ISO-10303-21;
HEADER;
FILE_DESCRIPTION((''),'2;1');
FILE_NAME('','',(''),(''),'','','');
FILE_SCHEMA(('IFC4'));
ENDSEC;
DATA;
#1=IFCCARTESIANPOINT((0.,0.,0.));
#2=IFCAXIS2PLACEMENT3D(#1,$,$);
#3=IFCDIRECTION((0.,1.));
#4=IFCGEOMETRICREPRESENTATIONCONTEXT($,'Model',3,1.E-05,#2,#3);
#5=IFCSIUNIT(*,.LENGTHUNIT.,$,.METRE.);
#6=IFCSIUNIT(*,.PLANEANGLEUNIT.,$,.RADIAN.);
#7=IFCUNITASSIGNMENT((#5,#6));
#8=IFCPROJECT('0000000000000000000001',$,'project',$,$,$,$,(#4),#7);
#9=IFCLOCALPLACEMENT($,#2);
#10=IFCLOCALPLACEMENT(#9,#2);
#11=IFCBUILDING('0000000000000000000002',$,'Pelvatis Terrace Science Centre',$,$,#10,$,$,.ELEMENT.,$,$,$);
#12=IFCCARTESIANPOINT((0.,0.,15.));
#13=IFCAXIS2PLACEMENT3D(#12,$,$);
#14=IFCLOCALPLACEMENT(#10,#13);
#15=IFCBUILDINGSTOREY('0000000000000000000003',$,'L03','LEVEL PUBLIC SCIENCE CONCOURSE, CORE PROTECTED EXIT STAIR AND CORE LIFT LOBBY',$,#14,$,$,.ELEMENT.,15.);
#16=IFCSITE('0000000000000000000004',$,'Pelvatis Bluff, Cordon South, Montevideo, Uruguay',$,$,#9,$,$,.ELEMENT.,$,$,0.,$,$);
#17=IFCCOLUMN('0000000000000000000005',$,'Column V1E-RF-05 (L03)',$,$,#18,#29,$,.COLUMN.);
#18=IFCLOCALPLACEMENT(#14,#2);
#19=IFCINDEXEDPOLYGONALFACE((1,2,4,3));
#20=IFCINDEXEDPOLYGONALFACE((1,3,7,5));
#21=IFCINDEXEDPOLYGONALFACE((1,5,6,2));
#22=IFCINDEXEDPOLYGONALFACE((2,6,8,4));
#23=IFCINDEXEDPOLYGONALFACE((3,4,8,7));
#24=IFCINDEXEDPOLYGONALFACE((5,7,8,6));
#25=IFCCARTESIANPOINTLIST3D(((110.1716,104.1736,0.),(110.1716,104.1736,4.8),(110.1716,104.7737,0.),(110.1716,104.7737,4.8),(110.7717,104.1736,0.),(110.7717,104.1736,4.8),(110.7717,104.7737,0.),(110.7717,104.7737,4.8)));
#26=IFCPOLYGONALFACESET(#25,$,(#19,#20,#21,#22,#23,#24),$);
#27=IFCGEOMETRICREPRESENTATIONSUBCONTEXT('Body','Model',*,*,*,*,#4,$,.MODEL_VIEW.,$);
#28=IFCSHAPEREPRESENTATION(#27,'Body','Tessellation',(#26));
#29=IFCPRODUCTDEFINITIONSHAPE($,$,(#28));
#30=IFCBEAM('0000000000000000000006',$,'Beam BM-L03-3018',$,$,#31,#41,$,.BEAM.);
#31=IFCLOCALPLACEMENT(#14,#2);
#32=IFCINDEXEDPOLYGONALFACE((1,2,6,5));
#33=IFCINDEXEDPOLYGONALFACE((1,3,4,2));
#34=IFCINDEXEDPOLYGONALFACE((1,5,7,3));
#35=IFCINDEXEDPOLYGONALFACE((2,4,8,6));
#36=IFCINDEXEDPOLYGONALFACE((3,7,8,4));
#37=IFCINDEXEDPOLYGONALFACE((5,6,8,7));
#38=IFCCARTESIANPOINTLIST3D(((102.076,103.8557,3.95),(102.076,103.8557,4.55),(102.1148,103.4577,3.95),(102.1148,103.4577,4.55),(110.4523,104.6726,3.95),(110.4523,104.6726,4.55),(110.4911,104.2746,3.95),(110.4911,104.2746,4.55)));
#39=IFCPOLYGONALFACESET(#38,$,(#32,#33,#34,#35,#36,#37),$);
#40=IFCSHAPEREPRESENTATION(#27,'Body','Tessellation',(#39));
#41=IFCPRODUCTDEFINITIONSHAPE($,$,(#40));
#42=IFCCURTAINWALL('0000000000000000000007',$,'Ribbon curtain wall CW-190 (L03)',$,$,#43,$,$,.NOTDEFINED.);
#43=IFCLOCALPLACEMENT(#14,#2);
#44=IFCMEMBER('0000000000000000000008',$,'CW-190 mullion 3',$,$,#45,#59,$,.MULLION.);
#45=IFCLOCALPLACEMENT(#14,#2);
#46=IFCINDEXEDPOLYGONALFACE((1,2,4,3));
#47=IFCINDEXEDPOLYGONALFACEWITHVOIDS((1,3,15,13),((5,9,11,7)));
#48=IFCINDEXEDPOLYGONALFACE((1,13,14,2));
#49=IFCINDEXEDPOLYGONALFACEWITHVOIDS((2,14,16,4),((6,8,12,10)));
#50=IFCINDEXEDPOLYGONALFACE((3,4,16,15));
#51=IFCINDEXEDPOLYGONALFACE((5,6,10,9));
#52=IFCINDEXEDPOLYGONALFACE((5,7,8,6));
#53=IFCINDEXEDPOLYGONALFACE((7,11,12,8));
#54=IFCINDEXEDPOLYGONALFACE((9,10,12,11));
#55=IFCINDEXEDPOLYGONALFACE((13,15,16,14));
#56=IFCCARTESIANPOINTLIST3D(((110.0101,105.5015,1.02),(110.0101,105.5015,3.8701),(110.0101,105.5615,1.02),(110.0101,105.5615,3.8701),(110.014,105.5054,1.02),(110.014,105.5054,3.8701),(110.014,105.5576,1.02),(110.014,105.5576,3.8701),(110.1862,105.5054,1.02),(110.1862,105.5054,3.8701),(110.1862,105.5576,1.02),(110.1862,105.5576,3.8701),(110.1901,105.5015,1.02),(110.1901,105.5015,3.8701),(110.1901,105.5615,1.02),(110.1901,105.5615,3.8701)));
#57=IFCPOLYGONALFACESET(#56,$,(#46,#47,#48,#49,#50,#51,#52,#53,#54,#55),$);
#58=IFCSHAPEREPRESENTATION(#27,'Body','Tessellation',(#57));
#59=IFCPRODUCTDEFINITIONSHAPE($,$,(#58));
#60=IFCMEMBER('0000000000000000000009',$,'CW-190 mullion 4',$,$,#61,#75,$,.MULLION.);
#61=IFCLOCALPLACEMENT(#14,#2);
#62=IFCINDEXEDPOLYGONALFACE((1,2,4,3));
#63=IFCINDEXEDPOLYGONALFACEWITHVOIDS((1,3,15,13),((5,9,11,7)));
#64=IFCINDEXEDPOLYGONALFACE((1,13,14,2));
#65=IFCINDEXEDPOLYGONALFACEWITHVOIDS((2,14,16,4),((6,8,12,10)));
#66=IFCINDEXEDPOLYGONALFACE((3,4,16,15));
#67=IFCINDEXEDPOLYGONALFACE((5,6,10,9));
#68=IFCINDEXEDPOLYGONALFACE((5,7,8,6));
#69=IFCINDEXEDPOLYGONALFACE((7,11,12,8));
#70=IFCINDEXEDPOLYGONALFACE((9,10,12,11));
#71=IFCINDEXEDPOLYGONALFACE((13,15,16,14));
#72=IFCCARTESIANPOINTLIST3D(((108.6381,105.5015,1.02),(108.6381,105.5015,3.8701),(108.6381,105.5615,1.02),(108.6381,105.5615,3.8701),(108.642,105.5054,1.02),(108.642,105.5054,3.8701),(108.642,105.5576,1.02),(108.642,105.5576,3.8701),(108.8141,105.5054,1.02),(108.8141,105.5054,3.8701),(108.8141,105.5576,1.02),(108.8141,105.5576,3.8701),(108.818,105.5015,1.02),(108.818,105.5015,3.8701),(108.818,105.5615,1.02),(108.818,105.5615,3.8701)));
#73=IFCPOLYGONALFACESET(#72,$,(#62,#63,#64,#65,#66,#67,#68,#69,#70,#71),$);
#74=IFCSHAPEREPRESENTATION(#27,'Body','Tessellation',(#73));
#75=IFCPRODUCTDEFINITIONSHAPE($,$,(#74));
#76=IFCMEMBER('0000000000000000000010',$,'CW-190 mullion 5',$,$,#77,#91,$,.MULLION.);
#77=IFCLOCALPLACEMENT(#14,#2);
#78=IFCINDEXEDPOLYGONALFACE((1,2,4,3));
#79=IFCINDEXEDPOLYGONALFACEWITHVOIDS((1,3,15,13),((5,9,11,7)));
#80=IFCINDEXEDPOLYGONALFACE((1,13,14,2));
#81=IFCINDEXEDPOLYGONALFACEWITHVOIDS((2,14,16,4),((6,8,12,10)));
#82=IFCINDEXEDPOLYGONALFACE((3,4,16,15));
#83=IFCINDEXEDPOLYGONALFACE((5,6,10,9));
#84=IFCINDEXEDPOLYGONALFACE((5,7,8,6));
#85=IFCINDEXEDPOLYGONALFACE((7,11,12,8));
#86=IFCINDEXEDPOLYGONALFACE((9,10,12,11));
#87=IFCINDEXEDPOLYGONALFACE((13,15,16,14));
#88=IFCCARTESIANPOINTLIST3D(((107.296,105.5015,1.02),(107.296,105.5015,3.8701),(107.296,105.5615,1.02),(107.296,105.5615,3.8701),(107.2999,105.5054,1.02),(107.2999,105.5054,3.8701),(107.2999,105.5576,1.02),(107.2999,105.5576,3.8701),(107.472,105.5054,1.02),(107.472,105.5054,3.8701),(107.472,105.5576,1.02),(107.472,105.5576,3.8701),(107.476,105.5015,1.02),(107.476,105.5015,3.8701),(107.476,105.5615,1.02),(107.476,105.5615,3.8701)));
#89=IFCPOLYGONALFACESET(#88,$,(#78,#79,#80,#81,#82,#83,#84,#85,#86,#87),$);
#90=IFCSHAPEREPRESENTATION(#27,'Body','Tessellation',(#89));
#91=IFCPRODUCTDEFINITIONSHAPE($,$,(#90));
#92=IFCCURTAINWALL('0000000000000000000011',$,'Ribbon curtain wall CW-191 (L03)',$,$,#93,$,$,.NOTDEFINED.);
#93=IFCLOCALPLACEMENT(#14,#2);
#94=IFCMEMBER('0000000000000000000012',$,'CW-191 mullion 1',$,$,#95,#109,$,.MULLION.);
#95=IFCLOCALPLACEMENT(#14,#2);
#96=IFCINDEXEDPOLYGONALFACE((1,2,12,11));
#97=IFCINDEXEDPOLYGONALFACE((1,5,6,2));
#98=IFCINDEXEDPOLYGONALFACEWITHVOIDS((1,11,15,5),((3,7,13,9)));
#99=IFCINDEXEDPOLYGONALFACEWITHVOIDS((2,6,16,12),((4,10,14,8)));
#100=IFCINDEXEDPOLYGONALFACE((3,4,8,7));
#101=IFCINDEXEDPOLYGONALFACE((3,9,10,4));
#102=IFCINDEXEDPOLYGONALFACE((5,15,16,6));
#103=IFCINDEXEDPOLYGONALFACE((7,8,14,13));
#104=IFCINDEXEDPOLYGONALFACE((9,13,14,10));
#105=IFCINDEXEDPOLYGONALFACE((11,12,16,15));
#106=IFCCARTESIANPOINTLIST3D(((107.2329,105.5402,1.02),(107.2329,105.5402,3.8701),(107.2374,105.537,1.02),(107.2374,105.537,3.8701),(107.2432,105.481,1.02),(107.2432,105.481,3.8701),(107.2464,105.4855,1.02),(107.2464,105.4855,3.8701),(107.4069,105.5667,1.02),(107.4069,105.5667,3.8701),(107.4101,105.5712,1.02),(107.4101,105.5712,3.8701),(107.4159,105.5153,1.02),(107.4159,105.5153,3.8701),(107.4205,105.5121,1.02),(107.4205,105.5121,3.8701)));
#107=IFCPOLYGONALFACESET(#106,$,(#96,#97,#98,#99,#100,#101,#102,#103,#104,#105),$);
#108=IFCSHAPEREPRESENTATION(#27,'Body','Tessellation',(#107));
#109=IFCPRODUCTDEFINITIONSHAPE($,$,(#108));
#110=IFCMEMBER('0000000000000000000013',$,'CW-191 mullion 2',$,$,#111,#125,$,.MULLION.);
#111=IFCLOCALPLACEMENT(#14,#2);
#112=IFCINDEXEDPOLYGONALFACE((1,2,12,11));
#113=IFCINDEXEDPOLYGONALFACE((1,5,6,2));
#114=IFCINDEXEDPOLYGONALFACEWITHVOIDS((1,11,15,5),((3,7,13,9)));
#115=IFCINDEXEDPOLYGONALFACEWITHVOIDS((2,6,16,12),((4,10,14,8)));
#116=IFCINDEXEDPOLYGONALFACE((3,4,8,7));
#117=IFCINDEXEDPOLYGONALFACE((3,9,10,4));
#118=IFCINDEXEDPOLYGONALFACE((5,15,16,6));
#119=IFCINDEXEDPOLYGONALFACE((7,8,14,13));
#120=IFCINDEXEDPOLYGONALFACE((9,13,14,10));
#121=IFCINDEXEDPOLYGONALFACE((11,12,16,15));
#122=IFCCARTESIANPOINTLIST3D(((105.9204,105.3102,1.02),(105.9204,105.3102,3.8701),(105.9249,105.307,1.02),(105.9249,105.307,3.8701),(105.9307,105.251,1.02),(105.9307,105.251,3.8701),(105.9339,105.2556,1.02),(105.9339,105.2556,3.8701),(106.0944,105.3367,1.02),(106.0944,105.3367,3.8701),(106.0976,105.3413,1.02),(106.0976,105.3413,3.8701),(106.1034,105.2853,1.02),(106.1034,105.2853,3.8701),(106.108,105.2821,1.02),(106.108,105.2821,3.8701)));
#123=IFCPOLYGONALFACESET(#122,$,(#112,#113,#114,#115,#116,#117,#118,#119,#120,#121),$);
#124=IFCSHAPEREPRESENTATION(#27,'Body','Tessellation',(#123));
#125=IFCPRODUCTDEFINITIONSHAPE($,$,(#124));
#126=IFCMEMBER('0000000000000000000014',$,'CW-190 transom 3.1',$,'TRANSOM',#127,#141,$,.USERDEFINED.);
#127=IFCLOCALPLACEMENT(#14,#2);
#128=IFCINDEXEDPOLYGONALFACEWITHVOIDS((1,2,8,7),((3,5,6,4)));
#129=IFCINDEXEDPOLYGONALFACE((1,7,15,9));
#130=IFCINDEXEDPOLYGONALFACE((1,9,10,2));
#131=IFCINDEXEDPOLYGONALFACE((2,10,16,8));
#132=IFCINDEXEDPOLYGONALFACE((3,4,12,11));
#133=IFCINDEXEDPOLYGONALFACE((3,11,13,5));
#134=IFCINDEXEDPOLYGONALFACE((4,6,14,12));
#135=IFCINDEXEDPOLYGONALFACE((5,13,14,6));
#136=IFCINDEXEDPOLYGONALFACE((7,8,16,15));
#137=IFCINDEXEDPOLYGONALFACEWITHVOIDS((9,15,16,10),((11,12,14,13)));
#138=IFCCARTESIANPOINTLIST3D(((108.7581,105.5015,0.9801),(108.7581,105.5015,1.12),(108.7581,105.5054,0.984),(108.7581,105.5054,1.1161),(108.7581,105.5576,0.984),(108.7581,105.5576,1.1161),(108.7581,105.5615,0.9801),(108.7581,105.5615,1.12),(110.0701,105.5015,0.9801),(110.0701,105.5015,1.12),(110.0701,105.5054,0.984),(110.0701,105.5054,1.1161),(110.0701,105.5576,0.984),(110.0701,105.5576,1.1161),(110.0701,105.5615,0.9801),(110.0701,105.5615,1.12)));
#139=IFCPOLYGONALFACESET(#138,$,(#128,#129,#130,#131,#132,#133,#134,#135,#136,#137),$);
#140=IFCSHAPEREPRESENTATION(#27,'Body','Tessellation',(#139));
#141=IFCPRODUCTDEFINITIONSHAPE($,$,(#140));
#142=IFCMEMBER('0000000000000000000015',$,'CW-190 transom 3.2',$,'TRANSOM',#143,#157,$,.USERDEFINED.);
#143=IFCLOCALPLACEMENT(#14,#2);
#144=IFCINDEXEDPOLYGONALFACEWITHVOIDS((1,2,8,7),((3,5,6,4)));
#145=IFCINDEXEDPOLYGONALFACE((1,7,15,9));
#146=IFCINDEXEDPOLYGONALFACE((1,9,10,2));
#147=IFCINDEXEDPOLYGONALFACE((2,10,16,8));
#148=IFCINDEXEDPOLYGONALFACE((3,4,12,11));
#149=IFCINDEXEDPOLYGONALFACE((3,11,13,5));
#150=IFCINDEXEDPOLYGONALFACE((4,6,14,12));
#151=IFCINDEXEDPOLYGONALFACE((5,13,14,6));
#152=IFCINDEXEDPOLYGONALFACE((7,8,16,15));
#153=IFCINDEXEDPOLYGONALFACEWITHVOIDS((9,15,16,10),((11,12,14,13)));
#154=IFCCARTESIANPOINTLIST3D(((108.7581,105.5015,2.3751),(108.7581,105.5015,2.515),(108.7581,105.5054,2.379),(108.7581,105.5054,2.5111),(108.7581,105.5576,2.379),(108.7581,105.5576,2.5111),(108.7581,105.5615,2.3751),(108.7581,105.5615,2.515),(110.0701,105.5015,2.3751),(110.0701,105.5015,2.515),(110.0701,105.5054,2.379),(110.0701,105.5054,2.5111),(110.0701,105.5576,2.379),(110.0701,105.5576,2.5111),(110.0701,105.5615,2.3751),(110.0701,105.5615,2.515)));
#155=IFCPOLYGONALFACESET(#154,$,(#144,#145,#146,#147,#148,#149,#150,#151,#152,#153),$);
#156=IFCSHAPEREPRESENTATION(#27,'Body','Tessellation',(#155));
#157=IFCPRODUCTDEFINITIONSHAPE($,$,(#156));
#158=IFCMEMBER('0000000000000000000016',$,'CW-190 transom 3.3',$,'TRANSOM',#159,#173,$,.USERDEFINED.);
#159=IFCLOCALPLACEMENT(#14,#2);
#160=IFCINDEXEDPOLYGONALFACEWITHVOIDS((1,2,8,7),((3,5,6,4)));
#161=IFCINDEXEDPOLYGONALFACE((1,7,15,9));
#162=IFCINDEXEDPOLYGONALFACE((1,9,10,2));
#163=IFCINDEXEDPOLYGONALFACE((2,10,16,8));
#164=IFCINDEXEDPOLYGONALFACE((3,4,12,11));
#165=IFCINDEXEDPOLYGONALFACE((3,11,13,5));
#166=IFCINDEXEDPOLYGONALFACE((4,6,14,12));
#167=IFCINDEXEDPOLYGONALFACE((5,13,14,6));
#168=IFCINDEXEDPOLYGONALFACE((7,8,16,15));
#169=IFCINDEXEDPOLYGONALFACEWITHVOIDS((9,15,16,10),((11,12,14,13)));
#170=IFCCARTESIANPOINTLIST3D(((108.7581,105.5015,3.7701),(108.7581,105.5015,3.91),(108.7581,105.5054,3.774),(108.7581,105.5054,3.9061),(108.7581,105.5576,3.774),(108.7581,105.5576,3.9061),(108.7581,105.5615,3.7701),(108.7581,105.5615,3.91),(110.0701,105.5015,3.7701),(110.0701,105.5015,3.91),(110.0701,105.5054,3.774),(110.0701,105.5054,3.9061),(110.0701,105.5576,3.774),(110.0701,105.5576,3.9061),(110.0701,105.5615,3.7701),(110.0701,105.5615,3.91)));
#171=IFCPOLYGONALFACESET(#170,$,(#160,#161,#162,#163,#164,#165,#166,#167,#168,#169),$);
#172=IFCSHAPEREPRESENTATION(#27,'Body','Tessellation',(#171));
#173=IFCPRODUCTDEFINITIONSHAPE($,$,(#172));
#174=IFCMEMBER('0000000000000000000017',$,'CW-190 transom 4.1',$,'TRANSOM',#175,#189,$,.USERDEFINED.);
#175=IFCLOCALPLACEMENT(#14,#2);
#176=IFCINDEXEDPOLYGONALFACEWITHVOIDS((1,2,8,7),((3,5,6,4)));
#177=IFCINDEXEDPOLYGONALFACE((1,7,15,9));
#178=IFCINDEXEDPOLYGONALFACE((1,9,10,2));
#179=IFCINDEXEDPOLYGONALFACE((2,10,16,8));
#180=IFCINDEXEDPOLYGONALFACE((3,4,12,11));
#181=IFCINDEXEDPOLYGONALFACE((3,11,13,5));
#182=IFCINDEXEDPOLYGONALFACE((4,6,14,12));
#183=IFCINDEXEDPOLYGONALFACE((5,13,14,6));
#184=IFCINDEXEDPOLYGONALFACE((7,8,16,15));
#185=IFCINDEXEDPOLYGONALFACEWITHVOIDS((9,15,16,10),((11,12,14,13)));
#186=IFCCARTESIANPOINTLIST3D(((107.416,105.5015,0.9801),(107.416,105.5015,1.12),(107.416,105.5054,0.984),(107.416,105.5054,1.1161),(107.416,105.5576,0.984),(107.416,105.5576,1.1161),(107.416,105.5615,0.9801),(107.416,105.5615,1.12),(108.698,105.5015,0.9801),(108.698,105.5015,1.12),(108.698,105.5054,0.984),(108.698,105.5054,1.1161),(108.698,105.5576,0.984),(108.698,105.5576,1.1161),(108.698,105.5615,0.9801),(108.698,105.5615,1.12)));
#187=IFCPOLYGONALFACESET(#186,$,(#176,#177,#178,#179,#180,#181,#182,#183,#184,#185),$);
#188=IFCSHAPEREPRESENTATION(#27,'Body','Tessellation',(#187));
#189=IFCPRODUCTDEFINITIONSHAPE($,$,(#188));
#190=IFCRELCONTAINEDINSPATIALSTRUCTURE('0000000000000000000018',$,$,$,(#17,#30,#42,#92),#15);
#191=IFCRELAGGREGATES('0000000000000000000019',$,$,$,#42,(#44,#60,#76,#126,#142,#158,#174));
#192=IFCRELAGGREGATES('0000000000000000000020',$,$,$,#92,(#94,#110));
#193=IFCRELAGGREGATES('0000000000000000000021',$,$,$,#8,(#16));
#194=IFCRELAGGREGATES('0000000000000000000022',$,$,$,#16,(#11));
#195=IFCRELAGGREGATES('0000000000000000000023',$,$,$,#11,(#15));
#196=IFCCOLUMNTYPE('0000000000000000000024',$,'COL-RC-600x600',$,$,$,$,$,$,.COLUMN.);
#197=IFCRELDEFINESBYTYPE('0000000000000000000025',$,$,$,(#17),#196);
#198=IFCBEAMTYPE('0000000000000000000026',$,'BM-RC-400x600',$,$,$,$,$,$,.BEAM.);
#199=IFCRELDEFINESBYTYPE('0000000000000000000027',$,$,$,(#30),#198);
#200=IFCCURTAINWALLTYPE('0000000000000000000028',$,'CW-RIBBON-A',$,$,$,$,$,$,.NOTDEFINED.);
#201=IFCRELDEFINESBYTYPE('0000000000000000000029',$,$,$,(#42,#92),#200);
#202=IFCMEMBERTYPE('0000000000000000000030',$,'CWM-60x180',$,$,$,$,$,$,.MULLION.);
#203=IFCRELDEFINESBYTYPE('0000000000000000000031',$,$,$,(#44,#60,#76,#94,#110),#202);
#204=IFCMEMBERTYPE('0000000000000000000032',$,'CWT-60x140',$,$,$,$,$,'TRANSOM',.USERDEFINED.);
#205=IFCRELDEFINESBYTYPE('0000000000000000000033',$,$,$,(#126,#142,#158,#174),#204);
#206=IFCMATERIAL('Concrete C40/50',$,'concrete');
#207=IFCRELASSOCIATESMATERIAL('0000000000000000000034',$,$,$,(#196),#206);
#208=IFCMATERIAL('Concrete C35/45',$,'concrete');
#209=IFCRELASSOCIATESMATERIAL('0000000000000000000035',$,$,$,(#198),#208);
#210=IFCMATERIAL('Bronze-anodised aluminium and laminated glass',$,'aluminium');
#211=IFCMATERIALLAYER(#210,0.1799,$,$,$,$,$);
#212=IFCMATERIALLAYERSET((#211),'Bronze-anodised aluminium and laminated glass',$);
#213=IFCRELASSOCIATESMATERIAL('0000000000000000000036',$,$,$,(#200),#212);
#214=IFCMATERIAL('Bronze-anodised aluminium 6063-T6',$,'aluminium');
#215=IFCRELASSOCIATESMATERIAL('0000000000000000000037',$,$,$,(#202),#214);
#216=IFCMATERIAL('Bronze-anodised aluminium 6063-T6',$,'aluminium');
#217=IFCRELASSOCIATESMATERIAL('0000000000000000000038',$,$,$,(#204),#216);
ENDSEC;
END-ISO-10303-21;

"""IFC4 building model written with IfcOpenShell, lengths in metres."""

from ifc_helpers import new_model, si_unit, direction, frame, origin, origin_2d, place, context, subcontext, project, spatial, rectangle, hollow_rectangle, extrude, material, layer, layer_set, material_profile, profile_set, type_object, element, aggregate, save


model = new_model("IFC4")

# Units and contexts
model_context = context("Model", 3, precision=1e-05, world=origin(), true_north=direction((0.0, 1.0)))
body_context = subcontext(model_context, "Body", "Model", "MODEL_VIEW")
ifc_project = project(units=[si_unit("LENGTHUNIT", "METRE"), si_unit("PLANEANGLEUNIT", "RADIAN")], contexts=[model_context])

# Site, building, storey
site_placement = place(None, origin())
site = spatial("IfcSite", under=ifc_project, at=site_placement, Name="Pelvatis Bluff, Cordon South, Montevideo, Uruguay", CompositionType="ELEMENT", RefElevation=0.0)
building_placement = place(site_placement, origin())
building = spatial("IfcBuilding", under=site, at=building_placement, Name="Pelvatis Terrace Science Centre", CompositionType="ELEMENT")
storey_placement = place(building_placement, frame((0.0, 0.0, 15.0)))
storey = spatial("IfcBuildingStorey", under=building, at=storey_placement, Name="L03", Description="LEVEL PUBLIC SCIENCE CONCOURSE, CORE PROTECTED EXIT STAIR AND CORE LIFT LOBBY", CompositionType="ELEMENT", Elevation=15.0)

# Column
ifc_material_1 = material(Name="Concrete C40/50", Category="concrete")
ifc_material_profile_1 = material_profile(ifc_material_1, rectangle(XDim=0.6001, YDim=0.6001, at=origin_2d()), Name="RC-COL 600x600")
ifc_profile_set_1 = profile_set([ifc_material_profile_1], Name="Concrete C40/50")
column_type = type_object("IfcColumnType", Name="COL-RC-600x600", PredefinedType="COLUMN", material=ifc_profile_set_1)
column_placement = place(storey_placement, frame((110.4717, 104.4736, 0.0), z_axis=(0.0, 0.0, 1.0), x_axis=(1.0, 0.0, 0.0)))
element("IfcColumn", 1, at=column_placement, inside=storey, type_object=column_type, Name="Column V1E-RF-05 (L03)", PredefinedType="COLUMN", context=body_context, shape_type="SweptSolid", body=[
    extrude(rectangle(XDim=0.6001, YDim=0.6001, at=origin_2d()), origin(), (0.0, 0.0, 1.0), 4.8),
])

# Beam
ifc_material_2 = material(Name="Concrete C35/45", Category="concrete")
ifc_material_profile_2 = material_profile(ifc_material_2, rectangle(XDim=0.3999, YDim=0.6001, at=origin_2d()), Name="RC-BM 400x600")
ifc_profile_set_2 = profile_set([ifc_material_profile_2], Name="Concrete C35/45")
beam_type = type_object("IfcBeamType", Name="BM-RC-400x600", PredefinedType="BEAM", material=ifc_profile_set_2)
beam_placement = place(storey_placement, frame((110.4717, 104.4736, 4.25), z_axis=(-0.995278, -0.097065, 0.0), x_axis=(0.097065, -0.995278, 0.0)))
element("IfcBeam", 2, at=beam_placement, inside=storey, type_object=beam_type, Name="Beam BM-L03-3018", PredefinedType="BEAM", context=body_context, shape_type="SweptSolid", body=[
    extrude(rectangle(XDim=0.3999, YDim=0.6001, at=origin_2d()), origin(), (0.0, 0.0, 1.0), 8.416),
])

# Curtain walls, members
ifc_material_3 = material(Name="Bronze-anodised aluminium and laminated glass", Category="aluminium")
ifc_layer_1 = layer(ifc_material_3, 0.1799)
ifc_layer_set_1 = layer_set([ifc_layer_1], Name="Bronze-anodised aluminium and laminated glass")
curtain_wall_type = type_object("IfcCurtainWallType", Name="CW-RIBBON-A", PredefinedType="NOTDEFINED", material=ifc_layer_set_1)
curtain_wall_1_placement = place(storey_placement, origin())
curtain_wall_1 = element("IfcCurtainWall", 3, at=curtain_wall_1_placement, inside=storey, type_object=curtain_wall_type, Name="Ribbon curtain wall CW-190 (L03)", PredefinedType="NOTDEFINED")
ifc_material_4 = material(Name="Bronze-anodised aluminium 6063-T6", Category="aluminium")
ifc_material_profile_3 = material_profile(ifc_material_4, hollow_rectangle(XDim=0.0601, YDim=0.1799, WallThickness=0.0039, at=origin_2d()), Name="ALU-MUL 60x180")
ifc_profile_set_3 = profile_set([ifc_material_profile_3], Name="Bronze-anodised aluminium 6063-T6")
member_type_1 = type_object("IfcMemberType", Name="CWM-60x180", PredefinedType="MULLION", material=ifc_profile_set_3)
member_1_placement = place(storey_placement, frame((110.1001, 105.5315, 1.02), z_axis=(0.0, 0.0, 1.0), x_axis=(0.0, -1.0, 0.0)))
member_1 = element("IfcMember", 4, at=member_1_placement, type_object=member_type_1, Name="CW-190 mullion 3", PredefinedType="MULLION", context=body_context, shape_type="SweptSolid", body=[
    extrude(hollow_rectangle(XDim=0.0601, YDim=0.1799, WallThickness=0.0039, at=origin_2d()), origin(), (0.0, 0.0, 1.0), 2.8501),
])
member_2_placement = place(storey_placement, frame((108.728, 105.5315, 1.02), z_axis=(0.0, 0.0, 1.0), x_axis=(0.0, -1.0, 0.0)))
member_2 = element("IfcMember", 5, at=member_2_placement, type_object=member_type_1, Name="CW-190 mullion 4", PredefinedType="MULLION", context=body_context, shape_type="SweptSolid", body=[
    extrude(hollow_rectangle(XDim=0.0601, YDim=0.1799, WallThickness=0.0039, at=origin_2d()), origin(), (0.0, 0.0, 1.0), 2.8501),
])
member_3_placement = place(storey_placement, frame((107.386, 105.5315, 1.02), z_axis=(0.0, 0.0, 1.0), x_axis=(0.0, -1.0, 0.0)))
member_3 = element("IfcMember", 6, at=member_3_placement, type_object=member_type_1, Name="CW-190 mullion 5", PredefinedType="MULLION", context=body_context, shape_type="SweptSolid", body=[
    extrude(hollow_rectangle(XDim=0.0601, YDim=0.1799, WallThickness=0.0039, at=origin_2d()), origin(), (0.0, 0.0, 1.0), 2.8501),
])
curtain_wall_2_placement = place(storey_placement, origin())
curtain_wall_2 = element("IfcCurtainWall", 7, at=curtain_wall_2_placement, inside=storey, type_object=curtain_wall_type, Name="Ribbon curtain wall CW-191 (L03)", PredefinedType="NOTDEFINED")
member_4_placement = place(storey_placement, frame((107.3267, 105.5261, 1.02), z_axis=(0.0, 0.0, 1.0), x_axis=(0.172671, -0.984979, 0.0)))
member_4 = element("IfcMember", 8, at=member_4_placement, type_object=member_type_1, Name="CW-191 mullion 1", PredefinedType="MULLION", context=body_context, shape_type="SweptSolid", body=[
    extrude(hollow_rectangle(XDim=0.0601, YDim=0.1799, WallThickness=0.0039, at=origin_2d()), origin(), (0.0, 0.0, 1.0), 2.8501),
])
member_5_placement = place(storey_placement, frame((106.0142, 105.2961, 1.02), z_axis=(0.0, 0.0, 1.0), x_axis=(0.172671, -0.984979, 0.0)))
member_5 = element("IfcMember", 9, at=member_5_placement, type_object=member_type_1, Name="CW-191 mullion 2", PredefinedType="MULLION", context=body_context, shape_type="SweptSolid", body=[
    extrude(hollow_rectangle(XDim=0.0601, YDim=0.1799, WallThickness=0.0039, at=origin_2d()), origin(), (0.0, 0.0, 1.0), 2.8501),
])

# Members
ifc_material_5 = material(Name="Bronze-anodised aluminium 6063-T6", Category="aluminium")
ifc_material_profile_4 = material_profile(ifc_material_5, hollow_rectangle(XDim=0.0601, YDim=0.1399, WallThickness=0.0039, at=origin_2d()), Name="ALU-TRN 60x140")
ifc_profile_set_4 = profile_set([ifc_material_profile_4], Name="Bronze-anodised aluminium 6063-T6")
member_type_2 = type_object("IfcMemberType", Name="CWT-60x140", ElementType="TRANSOM", PredefinedType="USERDEFINED", material=ifc_profile_set_4)
member_6_placement = place(storey_placement, frame((110.0701, 105.5315, 1.05), z_axis=(-1.0, 0.0, 0.0), x_axis=(0.0, -1.0, 0.0)))
member_6 = element("IfcMember", 10, at=member_6_placement, type_object=member_type_2, Name="CW-190 transom 3.1", ObjectType="TRANSOM", PredefinedType="USERDEFINED", context=body_context, shape_type="SweptSolid", body=[
    extrude(hollow_rectangle(XDim=0.0601, YDim=0.1399, WallThickness=0.0039, at=origin_2d()), origin(), (0.0, 0.0, 1.0), 1.312),
])
member_7_placement = place(storey_placement, frame((110.0701, 105.5315, 2.4451), z_axis=(-1.0, 0.0, 0.0), x_axis=(0.0, -1.0, 0.0)))
member_7 = element("IfcMember", 11, at=member_7_placement, type_object=member_type_2, Name="CW-190 transom 3.2", ObjectType="TRANSOM", PredefinedType="USERDEFINED", context=body_context, shape_type="SweptSolid", body=[
    extrude(hollow_rectangle(XDim=0.0601, YDim=0.1399, WallThickness=0.0039, at=origin_2d()), origin(), (0.0, 0.0, 1.0), 1.312),
])
member_8_placement = place(storey_placement, frame((110.0701, 105.5315, 3.8401), z_axis=(-1.0, 0.0, 0.0), x_axis=(0.0, -1.0, 0.0)))
member_8 = element("IfcMember", 12, at=member_8_placement, type_object=member_type_2, Name="CW-190 transom 3.3", ObjectType="TRANSOM", PredefinedType="USERDEFINED", context=body_context, shape_type="SweptSolid", body=[
    extrude(hollow_rectangle(XDim=0.0601, YDim=0.1399, WallThickness=0.0039, at=origin_2d()), origin(), (0.0, 0.0, 1.0), 1.312),
])
member_9_placement = place(storey_placement, frame((108.698, 105.5315, 1.05), z_axis=(-1.0, 0.0, 0.0), x_axis=(0.0, -1.0, 0.0)))
member_9 = element("IfcMember", 13, at=member_9_placement, type_object=member_type_2, Name="CW-190 transom 4.1", ObjectType="TRANSOM", PredefinedType="USERDEFINED", context=body_context, shape_type="SweptSolid", body=[
    extrude(hollow_rectangle(XDim=0.0601, YDim=0.1399, WallThickness=0.0039, at=origin_2d()), origin(), (0.0, 0.0, 1.0), 1.282),
])

aggregate(curtain_wall_1, [member_1, member_2, member_3, member_6, member_7, member_8, member_9])
aggregate(curtain_wall_2, [member_4, member_5])

save(model, "model.ifc")
